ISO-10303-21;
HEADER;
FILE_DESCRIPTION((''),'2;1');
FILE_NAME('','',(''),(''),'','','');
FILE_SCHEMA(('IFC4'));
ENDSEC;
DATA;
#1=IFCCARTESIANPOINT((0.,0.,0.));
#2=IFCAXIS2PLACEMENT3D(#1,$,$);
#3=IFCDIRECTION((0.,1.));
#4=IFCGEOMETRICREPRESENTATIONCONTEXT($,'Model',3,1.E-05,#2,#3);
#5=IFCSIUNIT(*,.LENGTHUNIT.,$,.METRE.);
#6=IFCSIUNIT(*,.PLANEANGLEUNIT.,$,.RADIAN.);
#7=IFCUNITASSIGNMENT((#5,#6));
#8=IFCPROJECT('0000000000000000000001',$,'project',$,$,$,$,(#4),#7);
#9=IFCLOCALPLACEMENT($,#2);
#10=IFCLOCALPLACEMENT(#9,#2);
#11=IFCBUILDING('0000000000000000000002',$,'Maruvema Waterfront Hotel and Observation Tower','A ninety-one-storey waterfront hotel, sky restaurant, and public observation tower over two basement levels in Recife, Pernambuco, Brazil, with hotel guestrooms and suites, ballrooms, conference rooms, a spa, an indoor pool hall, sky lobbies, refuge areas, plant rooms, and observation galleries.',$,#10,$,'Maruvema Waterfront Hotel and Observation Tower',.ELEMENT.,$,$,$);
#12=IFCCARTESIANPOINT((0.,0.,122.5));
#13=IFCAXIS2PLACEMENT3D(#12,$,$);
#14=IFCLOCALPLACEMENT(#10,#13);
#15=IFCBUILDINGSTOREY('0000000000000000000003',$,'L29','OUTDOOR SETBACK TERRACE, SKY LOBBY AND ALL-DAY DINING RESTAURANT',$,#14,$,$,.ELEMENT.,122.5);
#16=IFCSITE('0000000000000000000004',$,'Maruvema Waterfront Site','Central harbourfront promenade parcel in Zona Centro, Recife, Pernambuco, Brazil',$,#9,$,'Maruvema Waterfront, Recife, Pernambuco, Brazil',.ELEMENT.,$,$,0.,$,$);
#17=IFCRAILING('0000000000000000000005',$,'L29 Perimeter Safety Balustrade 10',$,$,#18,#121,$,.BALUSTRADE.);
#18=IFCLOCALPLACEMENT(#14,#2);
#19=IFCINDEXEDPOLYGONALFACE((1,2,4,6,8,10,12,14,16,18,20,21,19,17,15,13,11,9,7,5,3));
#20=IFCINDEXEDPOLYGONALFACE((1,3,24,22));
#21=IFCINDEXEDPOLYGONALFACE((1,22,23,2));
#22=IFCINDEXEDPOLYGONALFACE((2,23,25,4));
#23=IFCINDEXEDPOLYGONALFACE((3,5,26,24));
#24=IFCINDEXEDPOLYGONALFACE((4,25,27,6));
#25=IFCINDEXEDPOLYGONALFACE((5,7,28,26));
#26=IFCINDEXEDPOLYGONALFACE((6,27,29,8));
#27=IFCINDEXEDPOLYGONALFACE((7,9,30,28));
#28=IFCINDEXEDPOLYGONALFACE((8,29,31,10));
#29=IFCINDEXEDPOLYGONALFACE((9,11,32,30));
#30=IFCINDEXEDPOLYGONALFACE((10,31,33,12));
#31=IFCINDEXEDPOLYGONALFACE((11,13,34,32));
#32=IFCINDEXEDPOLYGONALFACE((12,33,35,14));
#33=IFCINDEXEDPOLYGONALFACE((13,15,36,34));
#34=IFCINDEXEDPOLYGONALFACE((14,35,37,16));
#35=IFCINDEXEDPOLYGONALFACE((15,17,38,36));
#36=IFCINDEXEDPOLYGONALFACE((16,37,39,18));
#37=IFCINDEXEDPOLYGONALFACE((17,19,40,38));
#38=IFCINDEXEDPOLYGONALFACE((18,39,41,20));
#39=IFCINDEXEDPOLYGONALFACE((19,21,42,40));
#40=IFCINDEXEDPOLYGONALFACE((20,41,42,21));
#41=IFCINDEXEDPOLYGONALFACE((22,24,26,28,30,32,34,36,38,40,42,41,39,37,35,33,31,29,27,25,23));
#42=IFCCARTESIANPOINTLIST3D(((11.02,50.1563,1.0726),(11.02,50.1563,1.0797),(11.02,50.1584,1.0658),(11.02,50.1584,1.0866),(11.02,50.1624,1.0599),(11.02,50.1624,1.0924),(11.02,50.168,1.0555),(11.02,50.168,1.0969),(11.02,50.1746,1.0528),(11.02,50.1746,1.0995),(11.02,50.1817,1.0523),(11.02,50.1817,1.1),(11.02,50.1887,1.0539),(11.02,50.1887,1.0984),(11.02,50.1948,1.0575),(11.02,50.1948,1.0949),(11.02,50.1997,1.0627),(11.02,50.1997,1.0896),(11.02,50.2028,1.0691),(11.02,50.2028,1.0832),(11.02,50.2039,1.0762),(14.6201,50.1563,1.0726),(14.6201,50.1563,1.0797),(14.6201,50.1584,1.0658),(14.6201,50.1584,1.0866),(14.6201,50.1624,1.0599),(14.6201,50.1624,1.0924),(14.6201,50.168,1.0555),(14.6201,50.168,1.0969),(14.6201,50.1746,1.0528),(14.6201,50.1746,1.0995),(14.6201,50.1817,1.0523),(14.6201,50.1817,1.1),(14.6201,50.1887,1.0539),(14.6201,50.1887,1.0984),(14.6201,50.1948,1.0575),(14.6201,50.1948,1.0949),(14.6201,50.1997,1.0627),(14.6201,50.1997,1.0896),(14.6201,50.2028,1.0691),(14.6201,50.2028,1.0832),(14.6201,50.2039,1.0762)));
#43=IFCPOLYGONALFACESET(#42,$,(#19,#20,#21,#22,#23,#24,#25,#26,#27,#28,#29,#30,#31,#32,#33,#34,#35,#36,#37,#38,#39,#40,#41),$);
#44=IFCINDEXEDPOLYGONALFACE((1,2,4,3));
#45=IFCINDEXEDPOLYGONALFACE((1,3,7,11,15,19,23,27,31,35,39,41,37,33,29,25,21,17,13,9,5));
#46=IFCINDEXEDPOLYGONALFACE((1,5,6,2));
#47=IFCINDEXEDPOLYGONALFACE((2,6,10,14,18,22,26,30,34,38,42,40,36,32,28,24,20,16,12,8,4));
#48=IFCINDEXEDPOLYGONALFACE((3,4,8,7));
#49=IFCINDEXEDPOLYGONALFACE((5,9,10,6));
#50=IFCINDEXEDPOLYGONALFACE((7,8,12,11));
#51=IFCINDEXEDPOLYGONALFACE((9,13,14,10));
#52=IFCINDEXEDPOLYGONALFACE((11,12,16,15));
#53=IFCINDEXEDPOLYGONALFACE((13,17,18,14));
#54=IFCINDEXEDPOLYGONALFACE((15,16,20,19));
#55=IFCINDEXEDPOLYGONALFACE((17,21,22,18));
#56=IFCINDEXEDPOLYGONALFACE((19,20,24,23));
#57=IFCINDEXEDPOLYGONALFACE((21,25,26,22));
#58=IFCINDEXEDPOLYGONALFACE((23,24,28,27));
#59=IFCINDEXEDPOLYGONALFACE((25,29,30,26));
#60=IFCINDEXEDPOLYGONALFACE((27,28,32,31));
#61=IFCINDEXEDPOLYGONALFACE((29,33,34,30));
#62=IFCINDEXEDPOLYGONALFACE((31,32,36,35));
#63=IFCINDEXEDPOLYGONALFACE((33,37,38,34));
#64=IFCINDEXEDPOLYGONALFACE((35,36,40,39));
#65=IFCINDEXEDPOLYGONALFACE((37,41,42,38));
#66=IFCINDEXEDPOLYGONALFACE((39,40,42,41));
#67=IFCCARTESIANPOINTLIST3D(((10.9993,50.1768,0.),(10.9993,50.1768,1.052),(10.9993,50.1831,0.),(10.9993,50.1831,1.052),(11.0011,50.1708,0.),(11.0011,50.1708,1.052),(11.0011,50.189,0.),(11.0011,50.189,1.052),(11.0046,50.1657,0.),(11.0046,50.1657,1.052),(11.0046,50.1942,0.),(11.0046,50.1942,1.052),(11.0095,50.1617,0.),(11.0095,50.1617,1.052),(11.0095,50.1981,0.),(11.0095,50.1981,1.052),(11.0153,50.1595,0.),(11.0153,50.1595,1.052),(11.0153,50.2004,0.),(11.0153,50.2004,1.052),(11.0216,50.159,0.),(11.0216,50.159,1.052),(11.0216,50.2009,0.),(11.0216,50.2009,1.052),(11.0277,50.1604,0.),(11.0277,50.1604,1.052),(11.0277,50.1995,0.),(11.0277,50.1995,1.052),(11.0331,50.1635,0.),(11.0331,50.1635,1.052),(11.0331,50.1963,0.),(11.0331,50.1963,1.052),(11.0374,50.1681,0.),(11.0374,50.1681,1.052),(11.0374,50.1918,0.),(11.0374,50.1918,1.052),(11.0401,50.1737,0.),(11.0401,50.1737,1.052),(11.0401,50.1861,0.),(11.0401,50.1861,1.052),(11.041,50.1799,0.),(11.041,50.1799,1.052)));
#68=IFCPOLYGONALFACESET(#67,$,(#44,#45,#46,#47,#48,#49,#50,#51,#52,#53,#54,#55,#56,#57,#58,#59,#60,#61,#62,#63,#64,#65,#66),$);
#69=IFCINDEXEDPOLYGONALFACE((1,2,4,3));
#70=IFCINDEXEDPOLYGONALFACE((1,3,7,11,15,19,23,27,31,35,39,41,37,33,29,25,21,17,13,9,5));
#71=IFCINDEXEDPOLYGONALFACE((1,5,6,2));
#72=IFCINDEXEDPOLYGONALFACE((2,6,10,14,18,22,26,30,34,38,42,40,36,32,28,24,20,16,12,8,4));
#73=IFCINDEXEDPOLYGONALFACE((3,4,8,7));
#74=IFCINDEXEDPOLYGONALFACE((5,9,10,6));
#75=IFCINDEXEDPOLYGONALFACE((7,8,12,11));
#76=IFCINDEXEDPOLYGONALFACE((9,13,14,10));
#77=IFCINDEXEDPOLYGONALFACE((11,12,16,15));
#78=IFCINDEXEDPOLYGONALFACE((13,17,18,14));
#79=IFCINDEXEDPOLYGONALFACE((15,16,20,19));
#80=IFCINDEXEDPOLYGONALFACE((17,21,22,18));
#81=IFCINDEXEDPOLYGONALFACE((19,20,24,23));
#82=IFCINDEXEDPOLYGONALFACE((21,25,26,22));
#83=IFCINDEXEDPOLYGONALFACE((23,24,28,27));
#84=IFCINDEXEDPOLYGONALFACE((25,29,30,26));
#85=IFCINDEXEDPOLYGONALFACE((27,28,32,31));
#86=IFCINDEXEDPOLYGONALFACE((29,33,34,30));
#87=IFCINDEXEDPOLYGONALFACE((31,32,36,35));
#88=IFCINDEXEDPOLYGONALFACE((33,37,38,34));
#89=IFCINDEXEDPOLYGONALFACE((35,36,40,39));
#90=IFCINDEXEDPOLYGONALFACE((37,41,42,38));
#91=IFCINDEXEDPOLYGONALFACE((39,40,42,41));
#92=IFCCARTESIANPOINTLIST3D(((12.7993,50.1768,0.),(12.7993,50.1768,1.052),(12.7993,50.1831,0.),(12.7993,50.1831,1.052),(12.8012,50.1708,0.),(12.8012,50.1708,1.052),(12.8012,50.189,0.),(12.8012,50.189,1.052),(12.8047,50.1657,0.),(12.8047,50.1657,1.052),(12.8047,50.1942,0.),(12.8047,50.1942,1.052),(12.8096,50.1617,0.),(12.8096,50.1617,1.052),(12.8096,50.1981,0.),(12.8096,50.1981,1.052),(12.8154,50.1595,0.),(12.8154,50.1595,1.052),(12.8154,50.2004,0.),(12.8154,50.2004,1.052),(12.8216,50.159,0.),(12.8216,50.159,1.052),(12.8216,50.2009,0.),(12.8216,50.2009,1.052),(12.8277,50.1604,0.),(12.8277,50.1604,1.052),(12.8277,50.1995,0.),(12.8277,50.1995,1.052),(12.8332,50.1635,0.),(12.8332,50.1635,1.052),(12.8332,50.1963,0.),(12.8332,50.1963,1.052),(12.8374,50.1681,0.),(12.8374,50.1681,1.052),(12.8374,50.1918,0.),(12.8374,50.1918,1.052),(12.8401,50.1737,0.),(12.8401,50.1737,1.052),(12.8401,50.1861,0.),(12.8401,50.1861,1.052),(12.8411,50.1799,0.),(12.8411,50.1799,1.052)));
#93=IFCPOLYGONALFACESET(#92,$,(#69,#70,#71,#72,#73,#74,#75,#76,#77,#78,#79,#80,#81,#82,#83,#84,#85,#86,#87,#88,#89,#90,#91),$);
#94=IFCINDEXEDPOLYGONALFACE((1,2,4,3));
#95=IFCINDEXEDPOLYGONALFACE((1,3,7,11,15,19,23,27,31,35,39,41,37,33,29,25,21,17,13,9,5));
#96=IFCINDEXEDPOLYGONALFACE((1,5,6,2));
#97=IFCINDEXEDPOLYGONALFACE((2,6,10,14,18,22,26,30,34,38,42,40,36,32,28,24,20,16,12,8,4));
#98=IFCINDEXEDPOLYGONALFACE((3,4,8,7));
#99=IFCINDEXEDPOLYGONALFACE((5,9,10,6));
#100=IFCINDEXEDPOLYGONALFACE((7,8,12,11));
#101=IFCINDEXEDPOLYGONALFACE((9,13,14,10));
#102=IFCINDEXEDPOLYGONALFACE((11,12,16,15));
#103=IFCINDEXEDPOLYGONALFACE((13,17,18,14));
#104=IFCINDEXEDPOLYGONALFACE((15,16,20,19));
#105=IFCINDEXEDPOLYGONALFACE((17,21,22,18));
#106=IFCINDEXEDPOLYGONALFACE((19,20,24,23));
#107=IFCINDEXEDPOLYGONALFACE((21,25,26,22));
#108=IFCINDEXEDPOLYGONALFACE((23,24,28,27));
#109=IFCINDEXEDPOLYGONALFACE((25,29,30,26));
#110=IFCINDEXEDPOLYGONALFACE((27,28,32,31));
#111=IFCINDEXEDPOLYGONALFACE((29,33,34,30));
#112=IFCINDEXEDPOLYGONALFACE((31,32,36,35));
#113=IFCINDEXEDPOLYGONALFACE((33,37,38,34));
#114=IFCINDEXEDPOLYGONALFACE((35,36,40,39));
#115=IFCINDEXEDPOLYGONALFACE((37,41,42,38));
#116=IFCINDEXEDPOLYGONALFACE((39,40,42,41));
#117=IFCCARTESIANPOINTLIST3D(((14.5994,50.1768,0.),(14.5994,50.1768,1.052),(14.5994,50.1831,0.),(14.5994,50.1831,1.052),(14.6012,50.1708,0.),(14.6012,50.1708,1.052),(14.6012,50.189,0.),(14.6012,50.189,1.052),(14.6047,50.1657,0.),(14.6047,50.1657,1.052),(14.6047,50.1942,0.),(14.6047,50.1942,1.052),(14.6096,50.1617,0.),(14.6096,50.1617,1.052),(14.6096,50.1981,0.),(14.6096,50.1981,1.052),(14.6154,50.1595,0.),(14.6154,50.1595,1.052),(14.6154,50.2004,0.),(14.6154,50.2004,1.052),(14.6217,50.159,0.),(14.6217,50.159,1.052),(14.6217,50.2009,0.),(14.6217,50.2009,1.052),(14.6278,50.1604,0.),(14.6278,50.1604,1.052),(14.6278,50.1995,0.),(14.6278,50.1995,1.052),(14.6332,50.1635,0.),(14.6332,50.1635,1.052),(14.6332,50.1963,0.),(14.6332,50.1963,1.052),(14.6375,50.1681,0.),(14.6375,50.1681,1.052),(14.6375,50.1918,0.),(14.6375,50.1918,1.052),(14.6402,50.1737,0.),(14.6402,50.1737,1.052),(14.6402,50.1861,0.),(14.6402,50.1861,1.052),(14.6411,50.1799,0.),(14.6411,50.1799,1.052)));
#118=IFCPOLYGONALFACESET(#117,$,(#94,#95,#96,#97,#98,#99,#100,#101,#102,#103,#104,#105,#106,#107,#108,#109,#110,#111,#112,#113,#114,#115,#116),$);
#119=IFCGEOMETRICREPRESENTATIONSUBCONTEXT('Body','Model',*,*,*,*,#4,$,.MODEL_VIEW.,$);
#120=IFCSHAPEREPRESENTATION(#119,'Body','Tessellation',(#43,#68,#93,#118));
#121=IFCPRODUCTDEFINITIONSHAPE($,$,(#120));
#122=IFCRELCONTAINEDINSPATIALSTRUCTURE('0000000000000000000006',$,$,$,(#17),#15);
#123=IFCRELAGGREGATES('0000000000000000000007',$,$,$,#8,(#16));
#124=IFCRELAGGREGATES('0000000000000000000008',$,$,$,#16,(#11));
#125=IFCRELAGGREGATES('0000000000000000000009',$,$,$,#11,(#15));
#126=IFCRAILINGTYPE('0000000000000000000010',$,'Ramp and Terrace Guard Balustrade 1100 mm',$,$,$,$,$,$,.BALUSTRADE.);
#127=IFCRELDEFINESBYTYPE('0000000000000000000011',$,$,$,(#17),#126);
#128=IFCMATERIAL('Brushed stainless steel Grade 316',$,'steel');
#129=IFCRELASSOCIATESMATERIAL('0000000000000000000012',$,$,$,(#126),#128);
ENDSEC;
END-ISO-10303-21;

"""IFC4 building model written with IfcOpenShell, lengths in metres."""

from ifc_helpers import new_model, si_unit, direction, frame, origin, origin_2d, place, context, subcontext, project, spatial, circle, extrude, material, type_object, element, save


model = new_model("IFC4")

# Units and contexts
model_context = context("Model", 3, precision=1e-05, world=origin(), true_north=direction((0.0, 1.0)))
body_context = subcontext(model_context, "Body", "Model", "MODEL_VIEW")
ifc_project = project(units=[si_unit("LENGTHUNIT", "METRE"), si_unit("PLANEANGLEUNIT", "RADIAN")], contexts=[model_context])

# Site, building, storey
site_placement = place(None, origin())
site = spatial("IfcSite", under=ifc_project, at=site_placement, Name="Maruvema Waterfront Site", Description="Central harbourfront promenade parcel in Zona Centro, Recife, Pernambuco, Brazil", LongName="Maruvema Waterfront, Recife, Pernambuco, Brazil", CompositionType="ELEMENT", RefElevation=0.0)
building_placement = place(site_placement, origin())
building = spatial("IfcBuilding", under=site, at=building_placement, Name="Maruvema Waterfront Hotel and Observation Tower", Description="A ninety-one-storey waterfront hotel, sky restaurant, and public observation tower over two basement levels in Recife, Pernambuco, Brazil, with hotel guestrooms and suites, ballrooms, conference rooms, a spa, an indoor pool hall, sky lobbies, refuge areas, plant rooms, and observation galleries.", LongName="Maruvema Waterfront Hotel and Observation Tower", CompositionType="ELEMENT")
storey_placement = place(building_placement, frame((0.0, 0.0, 122.5)))
storey = spatial("IfcBuildingStorey", under=building, at=storey_placement, Name="L29", Description="OUTDOOR SETBACK TERRACE, SKY LOBBY AND ALL-DAY DINING RESTAURANT", CompositionType="ELEMENT", Elevation=122.5)

# Railing
ifc_material_1 = material(Name="Brushed stainless steel Grade 316", Category="steel")
railing_type = type_object("IfcRailingType", Name="Ramp and Terrace Guard Balustrade 1100 mm", PredefinedType="BALUSTRADE", material=ifc_material_1)
railing_1_placement = place(storey_placement, frame((11.02, 50.1799, 0.0)))
element("IfcRailing", 1, at=railing_1_placement, inside=storey, type_object=railing_type, Name="L29 Perimeter Safety Balustrade 10", PredefinedType="BALUSTRADE", context=body_context, shape_type="SweptSolid", body=[
    extrude(circle(Radius=0.0239, at=origin_2d()), frame((0.0, 0.0, 1.0762), z_axis=(1.0, 0.0, 0.0), x_axis=(0.0, 1.0, 0.0)), (0.0, 0.0, 1.0), 3.6001),
    extrude(circle(Radius=0.021, at=origin_2d()), origin(), (0.0, 0.0, 1.0), 1.052),
    extrude(circle(Radius=0.021, at=origin_2d()), frame((1.8, 0.0, 0.0)), (0.0, 0.0, 1.0), 1.052),
    extrude(circle(Radius=0.021, at=origin_2d()), frame((3.6001, 0.0, 0.0)), (0.0, 0.0, 1.0), 1.052),
])

save(model, "model.ifc")
